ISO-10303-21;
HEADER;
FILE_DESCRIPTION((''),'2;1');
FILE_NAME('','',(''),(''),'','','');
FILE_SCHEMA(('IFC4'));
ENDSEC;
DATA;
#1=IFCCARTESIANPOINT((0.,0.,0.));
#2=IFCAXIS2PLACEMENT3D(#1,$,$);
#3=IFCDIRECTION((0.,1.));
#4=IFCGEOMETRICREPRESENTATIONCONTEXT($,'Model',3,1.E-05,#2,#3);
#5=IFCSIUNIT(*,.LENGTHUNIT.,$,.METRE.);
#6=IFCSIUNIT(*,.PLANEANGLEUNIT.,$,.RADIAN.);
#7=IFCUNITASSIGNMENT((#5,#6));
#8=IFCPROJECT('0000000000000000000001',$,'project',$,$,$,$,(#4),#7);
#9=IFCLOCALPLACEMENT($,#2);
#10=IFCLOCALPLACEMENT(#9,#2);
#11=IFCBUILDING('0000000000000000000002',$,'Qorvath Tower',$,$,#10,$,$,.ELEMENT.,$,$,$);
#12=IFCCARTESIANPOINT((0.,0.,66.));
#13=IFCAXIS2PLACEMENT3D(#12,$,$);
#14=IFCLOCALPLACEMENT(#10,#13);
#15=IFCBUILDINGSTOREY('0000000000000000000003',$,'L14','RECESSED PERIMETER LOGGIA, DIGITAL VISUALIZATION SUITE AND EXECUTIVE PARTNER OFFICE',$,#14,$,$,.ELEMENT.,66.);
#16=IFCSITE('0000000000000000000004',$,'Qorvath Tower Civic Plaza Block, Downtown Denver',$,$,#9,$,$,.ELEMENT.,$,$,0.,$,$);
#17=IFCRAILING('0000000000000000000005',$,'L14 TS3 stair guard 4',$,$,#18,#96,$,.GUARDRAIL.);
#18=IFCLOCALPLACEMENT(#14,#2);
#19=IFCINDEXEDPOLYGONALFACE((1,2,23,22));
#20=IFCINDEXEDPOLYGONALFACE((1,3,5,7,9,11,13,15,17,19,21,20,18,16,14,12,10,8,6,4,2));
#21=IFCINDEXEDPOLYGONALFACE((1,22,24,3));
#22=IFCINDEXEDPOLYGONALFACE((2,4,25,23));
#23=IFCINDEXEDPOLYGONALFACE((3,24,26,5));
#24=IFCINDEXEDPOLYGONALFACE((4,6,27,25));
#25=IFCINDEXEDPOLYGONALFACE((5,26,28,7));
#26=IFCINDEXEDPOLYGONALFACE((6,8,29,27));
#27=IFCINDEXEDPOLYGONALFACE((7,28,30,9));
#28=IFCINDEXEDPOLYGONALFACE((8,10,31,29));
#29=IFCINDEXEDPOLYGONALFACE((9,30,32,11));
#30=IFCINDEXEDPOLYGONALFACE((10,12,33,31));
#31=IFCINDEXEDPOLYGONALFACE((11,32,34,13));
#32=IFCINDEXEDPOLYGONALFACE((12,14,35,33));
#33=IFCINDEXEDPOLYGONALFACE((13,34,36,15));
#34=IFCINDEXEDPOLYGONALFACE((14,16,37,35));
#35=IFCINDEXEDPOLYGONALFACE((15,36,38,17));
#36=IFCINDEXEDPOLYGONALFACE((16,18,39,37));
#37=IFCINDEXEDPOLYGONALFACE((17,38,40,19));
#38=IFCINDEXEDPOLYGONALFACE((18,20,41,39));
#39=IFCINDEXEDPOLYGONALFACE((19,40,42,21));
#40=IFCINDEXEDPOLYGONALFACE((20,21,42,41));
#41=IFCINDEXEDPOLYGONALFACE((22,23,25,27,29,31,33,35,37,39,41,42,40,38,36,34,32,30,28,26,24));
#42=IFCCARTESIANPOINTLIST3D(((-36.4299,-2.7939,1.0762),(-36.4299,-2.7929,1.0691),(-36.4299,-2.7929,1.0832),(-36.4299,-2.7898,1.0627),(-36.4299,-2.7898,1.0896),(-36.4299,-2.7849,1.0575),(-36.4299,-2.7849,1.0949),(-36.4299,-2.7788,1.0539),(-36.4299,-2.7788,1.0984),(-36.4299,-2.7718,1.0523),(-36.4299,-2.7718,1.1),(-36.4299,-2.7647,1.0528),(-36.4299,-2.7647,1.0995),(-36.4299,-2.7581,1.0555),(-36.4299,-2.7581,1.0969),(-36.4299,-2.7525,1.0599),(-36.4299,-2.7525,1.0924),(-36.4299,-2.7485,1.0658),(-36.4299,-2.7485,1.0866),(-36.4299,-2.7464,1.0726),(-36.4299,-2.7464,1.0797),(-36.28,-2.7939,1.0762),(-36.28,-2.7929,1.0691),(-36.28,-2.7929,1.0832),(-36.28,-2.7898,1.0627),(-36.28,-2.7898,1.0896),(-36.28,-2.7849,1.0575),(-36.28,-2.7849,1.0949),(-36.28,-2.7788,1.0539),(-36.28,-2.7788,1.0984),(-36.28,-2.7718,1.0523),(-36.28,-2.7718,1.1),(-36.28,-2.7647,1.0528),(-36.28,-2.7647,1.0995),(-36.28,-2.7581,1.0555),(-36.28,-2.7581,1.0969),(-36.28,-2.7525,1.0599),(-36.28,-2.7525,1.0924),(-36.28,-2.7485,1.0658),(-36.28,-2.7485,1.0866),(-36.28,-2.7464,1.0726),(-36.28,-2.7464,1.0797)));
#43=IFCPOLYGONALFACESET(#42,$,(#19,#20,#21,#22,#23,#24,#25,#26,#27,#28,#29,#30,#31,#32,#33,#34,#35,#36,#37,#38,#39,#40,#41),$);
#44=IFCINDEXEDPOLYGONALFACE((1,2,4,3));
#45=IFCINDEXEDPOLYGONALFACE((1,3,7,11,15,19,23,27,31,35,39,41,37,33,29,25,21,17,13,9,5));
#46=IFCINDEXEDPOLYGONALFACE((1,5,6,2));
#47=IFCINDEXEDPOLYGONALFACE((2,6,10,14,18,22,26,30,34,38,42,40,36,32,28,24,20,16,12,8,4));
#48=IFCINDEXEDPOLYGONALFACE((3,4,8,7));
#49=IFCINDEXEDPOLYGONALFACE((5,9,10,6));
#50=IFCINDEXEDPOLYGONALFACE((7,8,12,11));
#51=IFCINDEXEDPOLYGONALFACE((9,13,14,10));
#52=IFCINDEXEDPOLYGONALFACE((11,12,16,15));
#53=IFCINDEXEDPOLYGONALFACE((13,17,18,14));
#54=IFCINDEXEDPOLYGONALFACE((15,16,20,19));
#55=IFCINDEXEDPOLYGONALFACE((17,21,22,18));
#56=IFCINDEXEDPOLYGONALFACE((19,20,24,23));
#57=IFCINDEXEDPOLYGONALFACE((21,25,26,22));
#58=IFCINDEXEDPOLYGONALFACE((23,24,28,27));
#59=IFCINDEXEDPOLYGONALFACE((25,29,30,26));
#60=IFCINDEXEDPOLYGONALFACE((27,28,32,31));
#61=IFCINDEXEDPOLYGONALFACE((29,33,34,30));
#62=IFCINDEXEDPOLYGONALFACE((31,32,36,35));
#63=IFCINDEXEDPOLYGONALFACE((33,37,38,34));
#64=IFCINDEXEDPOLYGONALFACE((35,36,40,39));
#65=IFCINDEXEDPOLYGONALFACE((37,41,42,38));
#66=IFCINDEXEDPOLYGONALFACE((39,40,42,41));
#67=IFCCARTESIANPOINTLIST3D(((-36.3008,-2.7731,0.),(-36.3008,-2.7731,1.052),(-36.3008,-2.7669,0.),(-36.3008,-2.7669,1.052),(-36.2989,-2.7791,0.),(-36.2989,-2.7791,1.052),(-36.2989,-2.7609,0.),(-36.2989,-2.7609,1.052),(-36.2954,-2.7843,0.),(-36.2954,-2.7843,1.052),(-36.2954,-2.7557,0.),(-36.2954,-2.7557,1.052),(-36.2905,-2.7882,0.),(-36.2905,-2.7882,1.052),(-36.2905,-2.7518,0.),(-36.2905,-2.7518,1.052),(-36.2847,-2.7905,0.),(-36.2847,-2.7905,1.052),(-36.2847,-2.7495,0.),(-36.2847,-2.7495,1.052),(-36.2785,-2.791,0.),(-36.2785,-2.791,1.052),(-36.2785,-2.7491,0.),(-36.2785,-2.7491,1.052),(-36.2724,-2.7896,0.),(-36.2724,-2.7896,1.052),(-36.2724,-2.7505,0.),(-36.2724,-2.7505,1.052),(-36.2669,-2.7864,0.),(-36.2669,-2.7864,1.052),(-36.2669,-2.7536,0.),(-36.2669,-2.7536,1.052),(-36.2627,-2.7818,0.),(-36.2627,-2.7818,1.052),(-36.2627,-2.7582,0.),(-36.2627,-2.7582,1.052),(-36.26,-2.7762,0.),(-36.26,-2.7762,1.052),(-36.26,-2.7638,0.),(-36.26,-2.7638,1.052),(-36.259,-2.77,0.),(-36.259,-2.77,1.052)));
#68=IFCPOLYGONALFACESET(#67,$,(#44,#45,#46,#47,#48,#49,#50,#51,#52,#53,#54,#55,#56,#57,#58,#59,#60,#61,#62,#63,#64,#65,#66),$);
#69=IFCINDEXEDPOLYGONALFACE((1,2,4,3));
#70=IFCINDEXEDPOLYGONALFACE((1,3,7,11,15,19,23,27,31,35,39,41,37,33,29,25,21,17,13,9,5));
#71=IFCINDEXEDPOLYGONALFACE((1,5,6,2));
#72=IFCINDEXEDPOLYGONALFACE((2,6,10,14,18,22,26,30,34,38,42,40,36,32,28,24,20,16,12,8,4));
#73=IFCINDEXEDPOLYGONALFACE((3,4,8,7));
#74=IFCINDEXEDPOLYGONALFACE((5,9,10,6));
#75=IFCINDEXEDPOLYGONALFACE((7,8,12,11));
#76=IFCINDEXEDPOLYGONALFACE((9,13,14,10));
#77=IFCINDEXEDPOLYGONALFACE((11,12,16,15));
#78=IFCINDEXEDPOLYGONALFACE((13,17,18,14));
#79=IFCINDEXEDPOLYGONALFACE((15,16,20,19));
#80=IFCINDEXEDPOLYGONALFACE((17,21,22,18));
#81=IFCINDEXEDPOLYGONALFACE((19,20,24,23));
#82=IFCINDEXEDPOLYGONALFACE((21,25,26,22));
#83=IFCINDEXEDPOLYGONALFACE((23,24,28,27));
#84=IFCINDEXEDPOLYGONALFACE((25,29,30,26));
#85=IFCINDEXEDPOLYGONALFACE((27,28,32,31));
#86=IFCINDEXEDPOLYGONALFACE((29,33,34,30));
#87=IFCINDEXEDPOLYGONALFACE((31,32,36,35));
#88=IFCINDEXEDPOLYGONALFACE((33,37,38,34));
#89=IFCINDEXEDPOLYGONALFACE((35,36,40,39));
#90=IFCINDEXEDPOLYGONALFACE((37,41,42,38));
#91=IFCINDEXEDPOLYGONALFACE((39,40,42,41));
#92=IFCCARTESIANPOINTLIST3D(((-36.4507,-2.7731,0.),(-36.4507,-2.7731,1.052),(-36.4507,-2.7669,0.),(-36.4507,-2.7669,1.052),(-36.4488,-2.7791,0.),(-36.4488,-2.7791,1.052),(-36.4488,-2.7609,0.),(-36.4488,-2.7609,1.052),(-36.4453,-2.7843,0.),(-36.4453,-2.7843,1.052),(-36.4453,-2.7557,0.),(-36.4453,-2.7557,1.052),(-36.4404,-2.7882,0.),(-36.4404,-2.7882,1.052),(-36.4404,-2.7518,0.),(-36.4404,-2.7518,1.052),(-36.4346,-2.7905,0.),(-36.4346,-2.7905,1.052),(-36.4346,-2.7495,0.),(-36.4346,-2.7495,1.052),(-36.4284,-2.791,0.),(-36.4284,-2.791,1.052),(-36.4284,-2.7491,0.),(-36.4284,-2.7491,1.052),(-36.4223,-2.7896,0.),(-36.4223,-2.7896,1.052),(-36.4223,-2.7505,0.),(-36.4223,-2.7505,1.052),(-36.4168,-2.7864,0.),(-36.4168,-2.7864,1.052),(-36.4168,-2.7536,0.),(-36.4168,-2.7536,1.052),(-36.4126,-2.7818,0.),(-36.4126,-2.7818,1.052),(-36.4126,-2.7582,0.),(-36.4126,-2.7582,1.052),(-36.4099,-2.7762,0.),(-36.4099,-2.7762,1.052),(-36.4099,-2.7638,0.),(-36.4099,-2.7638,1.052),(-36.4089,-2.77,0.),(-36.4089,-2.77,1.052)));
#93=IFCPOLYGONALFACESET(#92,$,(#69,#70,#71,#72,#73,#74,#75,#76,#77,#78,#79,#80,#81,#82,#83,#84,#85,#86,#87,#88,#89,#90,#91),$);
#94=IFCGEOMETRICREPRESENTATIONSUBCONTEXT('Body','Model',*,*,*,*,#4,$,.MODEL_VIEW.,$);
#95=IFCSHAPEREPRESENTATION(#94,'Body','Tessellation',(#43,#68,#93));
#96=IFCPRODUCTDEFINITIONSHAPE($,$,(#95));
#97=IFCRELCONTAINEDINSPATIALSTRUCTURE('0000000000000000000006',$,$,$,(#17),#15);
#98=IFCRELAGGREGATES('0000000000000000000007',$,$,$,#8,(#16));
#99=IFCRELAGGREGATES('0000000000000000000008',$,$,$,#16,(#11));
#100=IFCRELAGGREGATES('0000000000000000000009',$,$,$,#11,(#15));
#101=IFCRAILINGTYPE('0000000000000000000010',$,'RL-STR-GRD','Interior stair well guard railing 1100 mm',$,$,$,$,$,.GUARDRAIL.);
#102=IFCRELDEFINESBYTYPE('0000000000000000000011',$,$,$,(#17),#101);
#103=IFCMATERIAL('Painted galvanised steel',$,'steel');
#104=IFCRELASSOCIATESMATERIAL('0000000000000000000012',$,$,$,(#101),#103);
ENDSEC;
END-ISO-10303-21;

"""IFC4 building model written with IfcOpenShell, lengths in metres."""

from ifc_helpers import new_model, si_unit, direction, frame, origin, origin_2d, place, context, subcontext, project, spatial, circle, extrude, material, type_object, element, save


model = new_model("IFC4")

# Units and contexts
model_context = context("Model", 3, precision=1e-05, world=origin(), true_north=direction((0.0, 1.0)))
body_context = subcontext(model_context, "Body", "Model", "MODEL_VIEW")
ifc_project = project(units=[si_unit("LENGTHUNIT", "METRE"), si_unit("PLANEANGLEUNIT", "RADIAN")], contexts=[model_context])

# Site, building, storey
site_placement = place(None, origin())
site = spatial("IfcSite", under=ifc_project, at=site_placement, Name="Qorvath Tower Civic Plaza Block, Downtown Denver", CompositionType="ELEMENT", RefElevation=0.0)
building_placement = place(site_placement, origin())
building = spatial("IfcBuilding", under=site, at=building_placement, Name="Qorvath Tower", CompositionType="ELEMENT")
storey_placement = place(building_placement, frame((0.0, 0.0, 66.0)))
storey = spatial("IfcBuildingStorey", under=building, at=storey_placement, Name="L14", Description="RECESSED PERIMETER LOGGIA, DIGITAL VISUALIZATION SUITE AND EXECUTIVE PARTNER OFFICE", CompositionType="ELEMENT", Elevation=66.0)

# Railing
ifc_material_1 = material(Name="Painted galvanised steel", Category="steel")
railing_type_1 = type_object("IfcRailingType", Name="RL-STR-GRD", Description="Interior stair well guard railing 1100 mm", PredefinedType="GUARDRAIL", material=ifc_material_1)
railing_1_placement = place(storey_placement, frame((-36.28, -2.77, 0.0)))
element("IfcRailing", 1, at=railing_1_placement, inside=storey, type_object=railing_type_1, Name="L14 TS3 stair guard 4", PredefinedType="GUARDRAIL", context=body_context, shape_type="SweptSolid", body=[
    extrude(circle(Radius=0.0239, at=origin_2d()), frame((0.0, 0.0, 1.0762), z_axis=(-1.0, 0.0, 0.0), x_axis=(0.0, -1.0, 0.0)), (0.0, 0.0, 1.0), 0.1499),
    extrude(circle(Radius=0.021, at=origin_2d()), origin(), (0.0, 0.0, 1.0), 1.052),
    extrude(circle(Radius=0.021, at=origin_2d()), frame((-0.1499, 0.0, 0.0)), (0.0, 0.0, 1.0), 1.052),
])

save(model, "model.ifc")
